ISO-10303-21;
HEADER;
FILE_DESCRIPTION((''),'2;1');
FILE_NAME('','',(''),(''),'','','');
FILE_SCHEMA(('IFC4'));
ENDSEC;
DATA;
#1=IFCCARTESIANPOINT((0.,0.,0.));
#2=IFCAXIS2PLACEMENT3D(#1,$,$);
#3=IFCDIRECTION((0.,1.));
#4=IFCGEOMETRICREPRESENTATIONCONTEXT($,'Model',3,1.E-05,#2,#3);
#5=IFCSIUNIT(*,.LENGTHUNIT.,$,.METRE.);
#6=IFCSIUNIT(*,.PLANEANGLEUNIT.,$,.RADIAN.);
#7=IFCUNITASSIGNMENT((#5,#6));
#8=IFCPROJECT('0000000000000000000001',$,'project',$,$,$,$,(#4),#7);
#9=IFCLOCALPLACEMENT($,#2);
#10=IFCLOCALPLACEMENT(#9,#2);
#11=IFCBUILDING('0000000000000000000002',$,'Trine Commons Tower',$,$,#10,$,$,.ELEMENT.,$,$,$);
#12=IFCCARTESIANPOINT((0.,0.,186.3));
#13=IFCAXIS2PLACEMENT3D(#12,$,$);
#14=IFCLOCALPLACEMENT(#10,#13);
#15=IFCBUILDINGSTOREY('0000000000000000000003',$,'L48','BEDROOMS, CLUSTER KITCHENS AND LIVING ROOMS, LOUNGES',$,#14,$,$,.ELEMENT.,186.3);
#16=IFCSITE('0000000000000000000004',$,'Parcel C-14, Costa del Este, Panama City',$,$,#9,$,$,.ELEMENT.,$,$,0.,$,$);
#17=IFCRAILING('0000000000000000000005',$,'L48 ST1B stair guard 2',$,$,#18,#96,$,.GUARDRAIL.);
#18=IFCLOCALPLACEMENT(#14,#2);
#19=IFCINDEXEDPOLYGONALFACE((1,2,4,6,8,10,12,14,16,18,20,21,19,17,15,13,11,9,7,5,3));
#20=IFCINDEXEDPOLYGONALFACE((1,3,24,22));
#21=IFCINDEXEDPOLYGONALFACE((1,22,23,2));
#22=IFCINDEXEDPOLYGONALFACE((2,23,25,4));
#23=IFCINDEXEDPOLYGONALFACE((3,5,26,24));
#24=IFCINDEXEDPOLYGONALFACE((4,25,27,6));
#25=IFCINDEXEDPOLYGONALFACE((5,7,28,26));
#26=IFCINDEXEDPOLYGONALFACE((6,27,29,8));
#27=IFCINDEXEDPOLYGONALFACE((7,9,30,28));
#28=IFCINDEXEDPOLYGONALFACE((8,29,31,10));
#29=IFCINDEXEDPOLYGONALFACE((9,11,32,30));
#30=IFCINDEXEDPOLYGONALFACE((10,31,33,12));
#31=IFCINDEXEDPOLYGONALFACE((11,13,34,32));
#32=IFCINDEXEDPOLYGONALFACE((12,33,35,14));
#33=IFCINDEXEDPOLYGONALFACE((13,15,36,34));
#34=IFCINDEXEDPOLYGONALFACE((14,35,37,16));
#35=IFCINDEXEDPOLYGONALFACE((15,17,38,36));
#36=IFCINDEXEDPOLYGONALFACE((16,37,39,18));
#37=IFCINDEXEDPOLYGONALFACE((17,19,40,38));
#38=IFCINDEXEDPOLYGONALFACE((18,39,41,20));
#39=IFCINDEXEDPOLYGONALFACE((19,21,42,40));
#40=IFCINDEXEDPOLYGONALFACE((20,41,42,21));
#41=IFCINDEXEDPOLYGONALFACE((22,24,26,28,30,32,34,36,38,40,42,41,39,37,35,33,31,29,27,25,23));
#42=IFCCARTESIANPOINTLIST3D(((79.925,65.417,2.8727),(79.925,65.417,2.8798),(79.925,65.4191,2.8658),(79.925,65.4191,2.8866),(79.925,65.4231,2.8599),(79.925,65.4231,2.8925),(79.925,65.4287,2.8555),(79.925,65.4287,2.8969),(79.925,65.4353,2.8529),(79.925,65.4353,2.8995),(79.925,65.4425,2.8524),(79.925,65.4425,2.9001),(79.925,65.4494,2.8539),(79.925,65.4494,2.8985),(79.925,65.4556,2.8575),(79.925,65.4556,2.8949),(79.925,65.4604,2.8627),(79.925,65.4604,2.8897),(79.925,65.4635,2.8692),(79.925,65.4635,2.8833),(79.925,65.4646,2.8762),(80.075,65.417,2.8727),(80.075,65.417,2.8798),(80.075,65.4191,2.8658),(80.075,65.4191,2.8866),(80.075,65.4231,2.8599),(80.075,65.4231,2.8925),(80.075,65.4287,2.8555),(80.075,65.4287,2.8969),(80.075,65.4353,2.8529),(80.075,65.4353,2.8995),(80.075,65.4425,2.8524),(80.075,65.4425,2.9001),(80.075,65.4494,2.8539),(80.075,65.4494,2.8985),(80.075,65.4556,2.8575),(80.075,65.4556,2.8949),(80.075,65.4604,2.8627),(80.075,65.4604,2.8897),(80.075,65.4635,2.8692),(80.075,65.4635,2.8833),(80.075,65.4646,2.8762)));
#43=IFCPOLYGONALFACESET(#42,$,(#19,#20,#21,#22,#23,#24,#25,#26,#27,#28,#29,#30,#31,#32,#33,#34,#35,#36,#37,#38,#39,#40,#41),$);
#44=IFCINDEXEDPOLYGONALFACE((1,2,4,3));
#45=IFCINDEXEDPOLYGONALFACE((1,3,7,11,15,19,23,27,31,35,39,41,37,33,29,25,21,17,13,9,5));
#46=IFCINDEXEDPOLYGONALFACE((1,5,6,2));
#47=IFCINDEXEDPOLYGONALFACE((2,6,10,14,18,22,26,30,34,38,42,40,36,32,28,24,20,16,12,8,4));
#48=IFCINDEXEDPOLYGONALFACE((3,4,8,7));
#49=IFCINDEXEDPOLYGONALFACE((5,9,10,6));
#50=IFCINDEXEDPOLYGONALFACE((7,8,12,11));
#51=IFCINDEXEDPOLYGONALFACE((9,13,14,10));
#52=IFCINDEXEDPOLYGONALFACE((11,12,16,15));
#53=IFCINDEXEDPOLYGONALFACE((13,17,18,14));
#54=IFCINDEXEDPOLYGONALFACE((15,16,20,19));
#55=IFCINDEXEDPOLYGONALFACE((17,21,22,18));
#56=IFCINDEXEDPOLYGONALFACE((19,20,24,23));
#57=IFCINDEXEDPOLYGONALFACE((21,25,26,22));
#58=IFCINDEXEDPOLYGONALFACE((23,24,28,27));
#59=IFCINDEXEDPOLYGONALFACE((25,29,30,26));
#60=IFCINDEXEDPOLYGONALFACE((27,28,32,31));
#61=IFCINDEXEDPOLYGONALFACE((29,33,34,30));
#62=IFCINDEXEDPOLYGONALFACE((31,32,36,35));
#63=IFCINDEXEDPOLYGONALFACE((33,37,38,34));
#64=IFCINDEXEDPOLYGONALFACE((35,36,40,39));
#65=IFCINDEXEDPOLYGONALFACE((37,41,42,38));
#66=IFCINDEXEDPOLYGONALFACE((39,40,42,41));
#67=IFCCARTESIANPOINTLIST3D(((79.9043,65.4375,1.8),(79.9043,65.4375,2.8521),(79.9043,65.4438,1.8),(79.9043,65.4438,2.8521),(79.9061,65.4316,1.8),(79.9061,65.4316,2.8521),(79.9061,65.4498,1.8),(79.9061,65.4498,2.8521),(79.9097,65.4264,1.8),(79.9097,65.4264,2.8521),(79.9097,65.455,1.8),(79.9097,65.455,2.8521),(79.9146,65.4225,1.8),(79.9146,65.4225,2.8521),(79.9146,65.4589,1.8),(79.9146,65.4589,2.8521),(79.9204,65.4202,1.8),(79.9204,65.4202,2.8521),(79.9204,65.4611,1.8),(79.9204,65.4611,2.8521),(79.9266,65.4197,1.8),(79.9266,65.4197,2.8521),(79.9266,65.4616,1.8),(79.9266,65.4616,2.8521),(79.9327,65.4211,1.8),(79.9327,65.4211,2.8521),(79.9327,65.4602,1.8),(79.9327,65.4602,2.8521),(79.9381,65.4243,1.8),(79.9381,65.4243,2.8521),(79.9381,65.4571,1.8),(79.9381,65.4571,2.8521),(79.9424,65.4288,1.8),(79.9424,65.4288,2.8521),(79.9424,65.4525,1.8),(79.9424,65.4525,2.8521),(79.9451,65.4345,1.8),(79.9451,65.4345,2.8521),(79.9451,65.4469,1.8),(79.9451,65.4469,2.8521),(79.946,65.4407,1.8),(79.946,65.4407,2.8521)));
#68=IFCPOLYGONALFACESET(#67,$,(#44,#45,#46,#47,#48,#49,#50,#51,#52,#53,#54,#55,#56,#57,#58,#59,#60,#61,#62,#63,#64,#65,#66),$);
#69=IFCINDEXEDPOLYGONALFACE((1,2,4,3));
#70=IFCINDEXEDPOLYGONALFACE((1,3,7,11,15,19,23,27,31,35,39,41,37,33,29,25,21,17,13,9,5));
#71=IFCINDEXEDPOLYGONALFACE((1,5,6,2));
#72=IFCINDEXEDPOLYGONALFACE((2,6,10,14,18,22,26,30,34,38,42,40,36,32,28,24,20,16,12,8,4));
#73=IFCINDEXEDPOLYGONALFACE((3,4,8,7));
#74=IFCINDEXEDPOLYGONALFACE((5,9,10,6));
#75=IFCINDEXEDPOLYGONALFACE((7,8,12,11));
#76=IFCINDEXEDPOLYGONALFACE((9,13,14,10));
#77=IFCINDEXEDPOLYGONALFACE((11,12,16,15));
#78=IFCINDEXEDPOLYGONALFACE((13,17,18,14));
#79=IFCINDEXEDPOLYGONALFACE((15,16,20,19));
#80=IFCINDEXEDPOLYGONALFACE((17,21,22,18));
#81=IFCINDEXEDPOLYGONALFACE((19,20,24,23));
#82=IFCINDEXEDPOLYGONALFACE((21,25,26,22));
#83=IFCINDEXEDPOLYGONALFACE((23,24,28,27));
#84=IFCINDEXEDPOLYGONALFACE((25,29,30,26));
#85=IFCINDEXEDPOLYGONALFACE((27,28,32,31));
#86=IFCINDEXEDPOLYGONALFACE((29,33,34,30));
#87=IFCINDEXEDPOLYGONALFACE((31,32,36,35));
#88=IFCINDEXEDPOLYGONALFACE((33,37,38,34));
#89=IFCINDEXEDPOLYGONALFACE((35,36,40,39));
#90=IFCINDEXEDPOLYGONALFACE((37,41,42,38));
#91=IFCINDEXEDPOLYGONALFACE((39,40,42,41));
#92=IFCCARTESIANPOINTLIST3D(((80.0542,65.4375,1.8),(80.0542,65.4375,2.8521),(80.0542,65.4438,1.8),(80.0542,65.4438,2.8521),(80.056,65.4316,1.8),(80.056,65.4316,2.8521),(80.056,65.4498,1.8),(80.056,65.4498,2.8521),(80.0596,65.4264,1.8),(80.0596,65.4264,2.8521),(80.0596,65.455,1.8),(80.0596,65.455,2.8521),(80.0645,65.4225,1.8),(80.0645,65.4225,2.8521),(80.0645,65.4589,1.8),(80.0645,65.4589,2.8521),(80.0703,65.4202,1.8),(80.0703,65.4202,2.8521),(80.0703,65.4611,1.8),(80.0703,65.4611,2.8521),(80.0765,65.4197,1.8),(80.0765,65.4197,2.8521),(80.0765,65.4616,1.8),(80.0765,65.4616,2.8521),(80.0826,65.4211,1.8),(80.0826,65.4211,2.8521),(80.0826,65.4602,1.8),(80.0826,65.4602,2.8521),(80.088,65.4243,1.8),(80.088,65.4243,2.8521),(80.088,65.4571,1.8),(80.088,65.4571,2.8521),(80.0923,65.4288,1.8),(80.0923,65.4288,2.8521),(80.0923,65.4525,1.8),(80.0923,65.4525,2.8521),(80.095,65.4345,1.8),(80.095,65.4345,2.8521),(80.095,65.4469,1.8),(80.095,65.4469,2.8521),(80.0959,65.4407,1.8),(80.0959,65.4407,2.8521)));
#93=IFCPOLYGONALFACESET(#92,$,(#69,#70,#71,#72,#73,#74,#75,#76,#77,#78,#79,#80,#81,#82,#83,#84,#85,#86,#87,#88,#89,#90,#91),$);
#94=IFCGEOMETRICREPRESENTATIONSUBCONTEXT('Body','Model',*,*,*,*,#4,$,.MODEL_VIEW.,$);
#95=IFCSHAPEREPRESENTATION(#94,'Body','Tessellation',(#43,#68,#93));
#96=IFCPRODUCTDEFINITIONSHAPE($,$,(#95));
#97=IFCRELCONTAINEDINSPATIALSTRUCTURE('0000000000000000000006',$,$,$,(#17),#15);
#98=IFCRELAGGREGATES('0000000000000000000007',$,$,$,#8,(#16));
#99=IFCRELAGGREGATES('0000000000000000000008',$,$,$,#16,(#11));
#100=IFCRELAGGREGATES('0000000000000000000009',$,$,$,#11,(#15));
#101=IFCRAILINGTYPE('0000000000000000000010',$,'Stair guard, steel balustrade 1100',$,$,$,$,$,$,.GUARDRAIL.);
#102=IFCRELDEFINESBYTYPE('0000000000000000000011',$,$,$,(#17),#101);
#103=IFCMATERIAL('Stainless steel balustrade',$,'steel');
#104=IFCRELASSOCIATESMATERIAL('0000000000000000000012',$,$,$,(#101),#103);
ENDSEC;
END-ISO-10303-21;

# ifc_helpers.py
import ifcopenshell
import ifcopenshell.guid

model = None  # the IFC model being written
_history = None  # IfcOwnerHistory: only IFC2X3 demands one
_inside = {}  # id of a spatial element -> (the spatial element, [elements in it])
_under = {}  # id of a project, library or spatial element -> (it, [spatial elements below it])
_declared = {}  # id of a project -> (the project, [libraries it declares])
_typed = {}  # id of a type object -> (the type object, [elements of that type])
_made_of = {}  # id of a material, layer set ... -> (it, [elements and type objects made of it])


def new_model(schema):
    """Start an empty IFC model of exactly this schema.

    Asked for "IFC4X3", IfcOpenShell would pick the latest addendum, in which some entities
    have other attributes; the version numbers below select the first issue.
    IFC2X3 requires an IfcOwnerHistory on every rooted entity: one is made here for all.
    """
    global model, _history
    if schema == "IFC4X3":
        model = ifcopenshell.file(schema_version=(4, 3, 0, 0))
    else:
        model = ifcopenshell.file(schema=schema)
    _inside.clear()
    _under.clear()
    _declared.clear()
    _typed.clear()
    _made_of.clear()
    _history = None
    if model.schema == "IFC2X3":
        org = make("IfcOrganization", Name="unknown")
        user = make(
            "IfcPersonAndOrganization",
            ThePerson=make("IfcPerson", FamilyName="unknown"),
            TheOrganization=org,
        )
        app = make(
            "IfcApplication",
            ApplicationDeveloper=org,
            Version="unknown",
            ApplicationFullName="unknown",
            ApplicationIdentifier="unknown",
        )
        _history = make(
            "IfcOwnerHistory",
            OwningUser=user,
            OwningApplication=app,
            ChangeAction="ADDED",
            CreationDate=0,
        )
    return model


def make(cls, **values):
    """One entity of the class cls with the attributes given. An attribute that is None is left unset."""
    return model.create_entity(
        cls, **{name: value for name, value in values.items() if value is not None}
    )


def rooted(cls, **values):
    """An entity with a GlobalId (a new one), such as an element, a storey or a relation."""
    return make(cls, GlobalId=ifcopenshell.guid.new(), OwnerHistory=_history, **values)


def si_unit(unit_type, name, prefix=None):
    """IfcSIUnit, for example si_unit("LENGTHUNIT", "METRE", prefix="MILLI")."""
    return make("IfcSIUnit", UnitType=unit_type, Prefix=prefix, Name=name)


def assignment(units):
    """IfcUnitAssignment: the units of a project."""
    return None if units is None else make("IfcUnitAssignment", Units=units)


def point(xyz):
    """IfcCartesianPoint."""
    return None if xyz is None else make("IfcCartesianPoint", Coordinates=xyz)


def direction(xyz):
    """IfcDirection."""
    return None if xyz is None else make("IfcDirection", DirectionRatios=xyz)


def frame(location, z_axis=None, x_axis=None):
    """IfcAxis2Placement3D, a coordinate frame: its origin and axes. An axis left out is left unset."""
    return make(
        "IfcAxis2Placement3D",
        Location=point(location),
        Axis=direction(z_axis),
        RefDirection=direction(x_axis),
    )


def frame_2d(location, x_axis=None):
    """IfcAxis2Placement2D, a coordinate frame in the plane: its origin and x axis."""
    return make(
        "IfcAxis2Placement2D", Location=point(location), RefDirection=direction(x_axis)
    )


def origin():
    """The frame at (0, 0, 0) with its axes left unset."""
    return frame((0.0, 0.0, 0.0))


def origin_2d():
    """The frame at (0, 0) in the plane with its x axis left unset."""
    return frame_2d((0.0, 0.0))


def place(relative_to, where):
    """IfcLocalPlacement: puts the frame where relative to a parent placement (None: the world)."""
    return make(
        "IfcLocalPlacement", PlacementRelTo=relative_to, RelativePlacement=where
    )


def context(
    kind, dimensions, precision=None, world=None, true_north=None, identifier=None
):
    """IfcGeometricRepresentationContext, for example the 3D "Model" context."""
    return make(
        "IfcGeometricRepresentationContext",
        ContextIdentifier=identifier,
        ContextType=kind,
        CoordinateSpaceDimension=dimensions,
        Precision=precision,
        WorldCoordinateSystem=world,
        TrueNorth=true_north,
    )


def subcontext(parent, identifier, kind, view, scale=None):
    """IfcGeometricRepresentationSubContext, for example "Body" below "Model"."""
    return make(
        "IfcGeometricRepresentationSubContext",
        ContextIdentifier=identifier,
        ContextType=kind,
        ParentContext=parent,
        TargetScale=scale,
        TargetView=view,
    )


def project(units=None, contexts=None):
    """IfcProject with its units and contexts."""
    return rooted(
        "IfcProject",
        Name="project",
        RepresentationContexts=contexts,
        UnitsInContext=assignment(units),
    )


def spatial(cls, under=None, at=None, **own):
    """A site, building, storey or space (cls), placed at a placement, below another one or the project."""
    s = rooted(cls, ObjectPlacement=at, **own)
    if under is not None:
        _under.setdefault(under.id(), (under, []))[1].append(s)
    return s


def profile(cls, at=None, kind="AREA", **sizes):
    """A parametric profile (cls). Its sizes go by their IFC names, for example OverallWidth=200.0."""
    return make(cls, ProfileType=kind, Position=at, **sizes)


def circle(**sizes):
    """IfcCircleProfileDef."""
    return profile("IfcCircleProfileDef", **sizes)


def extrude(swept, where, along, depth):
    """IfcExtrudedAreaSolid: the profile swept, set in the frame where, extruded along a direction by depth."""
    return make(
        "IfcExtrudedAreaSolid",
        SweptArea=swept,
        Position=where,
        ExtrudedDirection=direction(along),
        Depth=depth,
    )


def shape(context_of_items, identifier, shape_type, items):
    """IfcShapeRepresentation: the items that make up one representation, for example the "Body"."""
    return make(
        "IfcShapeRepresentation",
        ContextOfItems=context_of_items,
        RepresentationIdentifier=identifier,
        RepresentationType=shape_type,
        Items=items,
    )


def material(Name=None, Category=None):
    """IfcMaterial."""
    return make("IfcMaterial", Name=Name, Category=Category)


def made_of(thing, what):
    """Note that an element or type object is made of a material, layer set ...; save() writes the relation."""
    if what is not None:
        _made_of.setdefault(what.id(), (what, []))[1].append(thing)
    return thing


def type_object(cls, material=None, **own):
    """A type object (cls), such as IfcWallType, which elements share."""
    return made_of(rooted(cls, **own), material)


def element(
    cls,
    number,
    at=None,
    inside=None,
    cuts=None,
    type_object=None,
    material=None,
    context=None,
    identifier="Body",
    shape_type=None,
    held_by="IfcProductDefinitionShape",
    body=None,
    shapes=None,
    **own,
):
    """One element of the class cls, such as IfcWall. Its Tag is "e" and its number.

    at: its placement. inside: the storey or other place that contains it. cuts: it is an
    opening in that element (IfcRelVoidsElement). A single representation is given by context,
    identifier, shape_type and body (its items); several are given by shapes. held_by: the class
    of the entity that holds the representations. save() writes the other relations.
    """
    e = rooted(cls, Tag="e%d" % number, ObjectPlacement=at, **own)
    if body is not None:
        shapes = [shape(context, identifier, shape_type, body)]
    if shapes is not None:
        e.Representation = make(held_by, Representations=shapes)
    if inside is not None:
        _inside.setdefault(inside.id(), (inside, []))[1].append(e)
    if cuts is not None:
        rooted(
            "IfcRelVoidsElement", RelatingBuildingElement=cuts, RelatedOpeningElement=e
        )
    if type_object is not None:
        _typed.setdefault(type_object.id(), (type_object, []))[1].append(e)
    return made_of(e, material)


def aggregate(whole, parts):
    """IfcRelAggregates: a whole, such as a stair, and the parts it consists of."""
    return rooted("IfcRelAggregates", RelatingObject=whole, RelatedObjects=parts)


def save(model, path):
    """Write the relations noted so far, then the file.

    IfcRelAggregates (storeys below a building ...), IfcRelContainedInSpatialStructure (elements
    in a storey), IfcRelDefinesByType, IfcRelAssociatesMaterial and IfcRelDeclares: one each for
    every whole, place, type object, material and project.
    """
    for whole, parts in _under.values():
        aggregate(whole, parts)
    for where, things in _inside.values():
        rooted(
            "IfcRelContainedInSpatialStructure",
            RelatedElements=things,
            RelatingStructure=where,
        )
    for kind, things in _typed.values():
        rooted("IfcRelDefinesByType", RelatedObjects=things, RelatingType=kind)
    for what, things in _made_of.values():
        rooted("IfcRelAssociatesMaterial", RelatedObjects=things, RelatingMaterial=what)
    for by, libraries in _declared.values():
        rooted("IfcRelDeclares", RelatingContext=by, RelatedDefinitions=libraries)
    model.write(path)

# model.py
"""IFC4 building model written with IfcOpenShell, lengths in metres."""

from ifc_helpers import new_model, si_unit, direction, frame, origin, origin_2d, place, context, subcontext, project, spatial, circle, extrude, material, type_object, element, save


model = new_model("IFC4")

# Units and contexts
model_context = context("Model", 3, precision=1e-05, world=origin(), true_north=direction((0.0, 1.0)))
body_context = subcontext(model_context, "Body", "Model", "MODEL_VIEW")
ifc_project = project(units=[si_unit("LENGTHUNIT", "METRE"), si_unit("PLANEANGLEUNIT", "RADIAN")], contexts=[model_context])

# Site, building, storey
site_placement = place(None, origin())
site = spatial("IfcSite", under=ifc_project, at=site_placement, Name="Parcel C-14, Costa del Este, Panama City", CompositionType="ELEMENT", RefElevation=0.0)
building_placement = place(site_placement, origin())
building = spatial("IfcBuilding", under=site, at=building_placement, Name="Trine Commons Tower", CompositionType="ELEMENT")
storey_placement = place(building_placement, frame((0.0, 0.0, 186.3)))
storey = spatial("IfcBuildingStorey", under=building, at=storey_placement, Name="L48", Description="BEDROOMS, CLUSTER KITCHENS AND LIVING ROOMS, LOUNGES", CompositionType="ELEMENT", Elevation=186.3)

# Railing
ifc_material_1 = material(Name="Stainless steel balustrade", Category="steel")
railing_type_1 = type_object("IfcRailingType", Name="Stair guard, steel balustrade 1100", PredefinedType="GUARDRAIL", material=ifc_material_1)
railing_1_placement = place(storey_placement, frame((79.925, 65.4407, 1.8)))
element("IfcRailing", 1, at=railing_1_placement, inside=storey, type_object=railing_type_1, Name="L48 ST1B stair guard 2", PredefinedType="GUARDRAIL", context=body_context, shape_type="SweptSolid", body=[
    extrude(circle(Radius=0.0239, at=origin_2d()), frame((0.0, 0.0, 1.0762), z_axis=(1.0, 0.0, 0.0), x_axis=(0.0, 1.0, 0.0)), (0.0, 0.0, 1.0), 0.1499),
    extrude(circle(Radius=0.021, at=origin_2d()), origin(), (0.0, 0.0, 1.0), 1.052),
    extrude(circle(Radius=0.021, at=origin_2d()), frame((0.1499, 0.0, 0.0)), (0.0, 0.0, 1.0), 1.052),
])

save(model, "model.ifc")
